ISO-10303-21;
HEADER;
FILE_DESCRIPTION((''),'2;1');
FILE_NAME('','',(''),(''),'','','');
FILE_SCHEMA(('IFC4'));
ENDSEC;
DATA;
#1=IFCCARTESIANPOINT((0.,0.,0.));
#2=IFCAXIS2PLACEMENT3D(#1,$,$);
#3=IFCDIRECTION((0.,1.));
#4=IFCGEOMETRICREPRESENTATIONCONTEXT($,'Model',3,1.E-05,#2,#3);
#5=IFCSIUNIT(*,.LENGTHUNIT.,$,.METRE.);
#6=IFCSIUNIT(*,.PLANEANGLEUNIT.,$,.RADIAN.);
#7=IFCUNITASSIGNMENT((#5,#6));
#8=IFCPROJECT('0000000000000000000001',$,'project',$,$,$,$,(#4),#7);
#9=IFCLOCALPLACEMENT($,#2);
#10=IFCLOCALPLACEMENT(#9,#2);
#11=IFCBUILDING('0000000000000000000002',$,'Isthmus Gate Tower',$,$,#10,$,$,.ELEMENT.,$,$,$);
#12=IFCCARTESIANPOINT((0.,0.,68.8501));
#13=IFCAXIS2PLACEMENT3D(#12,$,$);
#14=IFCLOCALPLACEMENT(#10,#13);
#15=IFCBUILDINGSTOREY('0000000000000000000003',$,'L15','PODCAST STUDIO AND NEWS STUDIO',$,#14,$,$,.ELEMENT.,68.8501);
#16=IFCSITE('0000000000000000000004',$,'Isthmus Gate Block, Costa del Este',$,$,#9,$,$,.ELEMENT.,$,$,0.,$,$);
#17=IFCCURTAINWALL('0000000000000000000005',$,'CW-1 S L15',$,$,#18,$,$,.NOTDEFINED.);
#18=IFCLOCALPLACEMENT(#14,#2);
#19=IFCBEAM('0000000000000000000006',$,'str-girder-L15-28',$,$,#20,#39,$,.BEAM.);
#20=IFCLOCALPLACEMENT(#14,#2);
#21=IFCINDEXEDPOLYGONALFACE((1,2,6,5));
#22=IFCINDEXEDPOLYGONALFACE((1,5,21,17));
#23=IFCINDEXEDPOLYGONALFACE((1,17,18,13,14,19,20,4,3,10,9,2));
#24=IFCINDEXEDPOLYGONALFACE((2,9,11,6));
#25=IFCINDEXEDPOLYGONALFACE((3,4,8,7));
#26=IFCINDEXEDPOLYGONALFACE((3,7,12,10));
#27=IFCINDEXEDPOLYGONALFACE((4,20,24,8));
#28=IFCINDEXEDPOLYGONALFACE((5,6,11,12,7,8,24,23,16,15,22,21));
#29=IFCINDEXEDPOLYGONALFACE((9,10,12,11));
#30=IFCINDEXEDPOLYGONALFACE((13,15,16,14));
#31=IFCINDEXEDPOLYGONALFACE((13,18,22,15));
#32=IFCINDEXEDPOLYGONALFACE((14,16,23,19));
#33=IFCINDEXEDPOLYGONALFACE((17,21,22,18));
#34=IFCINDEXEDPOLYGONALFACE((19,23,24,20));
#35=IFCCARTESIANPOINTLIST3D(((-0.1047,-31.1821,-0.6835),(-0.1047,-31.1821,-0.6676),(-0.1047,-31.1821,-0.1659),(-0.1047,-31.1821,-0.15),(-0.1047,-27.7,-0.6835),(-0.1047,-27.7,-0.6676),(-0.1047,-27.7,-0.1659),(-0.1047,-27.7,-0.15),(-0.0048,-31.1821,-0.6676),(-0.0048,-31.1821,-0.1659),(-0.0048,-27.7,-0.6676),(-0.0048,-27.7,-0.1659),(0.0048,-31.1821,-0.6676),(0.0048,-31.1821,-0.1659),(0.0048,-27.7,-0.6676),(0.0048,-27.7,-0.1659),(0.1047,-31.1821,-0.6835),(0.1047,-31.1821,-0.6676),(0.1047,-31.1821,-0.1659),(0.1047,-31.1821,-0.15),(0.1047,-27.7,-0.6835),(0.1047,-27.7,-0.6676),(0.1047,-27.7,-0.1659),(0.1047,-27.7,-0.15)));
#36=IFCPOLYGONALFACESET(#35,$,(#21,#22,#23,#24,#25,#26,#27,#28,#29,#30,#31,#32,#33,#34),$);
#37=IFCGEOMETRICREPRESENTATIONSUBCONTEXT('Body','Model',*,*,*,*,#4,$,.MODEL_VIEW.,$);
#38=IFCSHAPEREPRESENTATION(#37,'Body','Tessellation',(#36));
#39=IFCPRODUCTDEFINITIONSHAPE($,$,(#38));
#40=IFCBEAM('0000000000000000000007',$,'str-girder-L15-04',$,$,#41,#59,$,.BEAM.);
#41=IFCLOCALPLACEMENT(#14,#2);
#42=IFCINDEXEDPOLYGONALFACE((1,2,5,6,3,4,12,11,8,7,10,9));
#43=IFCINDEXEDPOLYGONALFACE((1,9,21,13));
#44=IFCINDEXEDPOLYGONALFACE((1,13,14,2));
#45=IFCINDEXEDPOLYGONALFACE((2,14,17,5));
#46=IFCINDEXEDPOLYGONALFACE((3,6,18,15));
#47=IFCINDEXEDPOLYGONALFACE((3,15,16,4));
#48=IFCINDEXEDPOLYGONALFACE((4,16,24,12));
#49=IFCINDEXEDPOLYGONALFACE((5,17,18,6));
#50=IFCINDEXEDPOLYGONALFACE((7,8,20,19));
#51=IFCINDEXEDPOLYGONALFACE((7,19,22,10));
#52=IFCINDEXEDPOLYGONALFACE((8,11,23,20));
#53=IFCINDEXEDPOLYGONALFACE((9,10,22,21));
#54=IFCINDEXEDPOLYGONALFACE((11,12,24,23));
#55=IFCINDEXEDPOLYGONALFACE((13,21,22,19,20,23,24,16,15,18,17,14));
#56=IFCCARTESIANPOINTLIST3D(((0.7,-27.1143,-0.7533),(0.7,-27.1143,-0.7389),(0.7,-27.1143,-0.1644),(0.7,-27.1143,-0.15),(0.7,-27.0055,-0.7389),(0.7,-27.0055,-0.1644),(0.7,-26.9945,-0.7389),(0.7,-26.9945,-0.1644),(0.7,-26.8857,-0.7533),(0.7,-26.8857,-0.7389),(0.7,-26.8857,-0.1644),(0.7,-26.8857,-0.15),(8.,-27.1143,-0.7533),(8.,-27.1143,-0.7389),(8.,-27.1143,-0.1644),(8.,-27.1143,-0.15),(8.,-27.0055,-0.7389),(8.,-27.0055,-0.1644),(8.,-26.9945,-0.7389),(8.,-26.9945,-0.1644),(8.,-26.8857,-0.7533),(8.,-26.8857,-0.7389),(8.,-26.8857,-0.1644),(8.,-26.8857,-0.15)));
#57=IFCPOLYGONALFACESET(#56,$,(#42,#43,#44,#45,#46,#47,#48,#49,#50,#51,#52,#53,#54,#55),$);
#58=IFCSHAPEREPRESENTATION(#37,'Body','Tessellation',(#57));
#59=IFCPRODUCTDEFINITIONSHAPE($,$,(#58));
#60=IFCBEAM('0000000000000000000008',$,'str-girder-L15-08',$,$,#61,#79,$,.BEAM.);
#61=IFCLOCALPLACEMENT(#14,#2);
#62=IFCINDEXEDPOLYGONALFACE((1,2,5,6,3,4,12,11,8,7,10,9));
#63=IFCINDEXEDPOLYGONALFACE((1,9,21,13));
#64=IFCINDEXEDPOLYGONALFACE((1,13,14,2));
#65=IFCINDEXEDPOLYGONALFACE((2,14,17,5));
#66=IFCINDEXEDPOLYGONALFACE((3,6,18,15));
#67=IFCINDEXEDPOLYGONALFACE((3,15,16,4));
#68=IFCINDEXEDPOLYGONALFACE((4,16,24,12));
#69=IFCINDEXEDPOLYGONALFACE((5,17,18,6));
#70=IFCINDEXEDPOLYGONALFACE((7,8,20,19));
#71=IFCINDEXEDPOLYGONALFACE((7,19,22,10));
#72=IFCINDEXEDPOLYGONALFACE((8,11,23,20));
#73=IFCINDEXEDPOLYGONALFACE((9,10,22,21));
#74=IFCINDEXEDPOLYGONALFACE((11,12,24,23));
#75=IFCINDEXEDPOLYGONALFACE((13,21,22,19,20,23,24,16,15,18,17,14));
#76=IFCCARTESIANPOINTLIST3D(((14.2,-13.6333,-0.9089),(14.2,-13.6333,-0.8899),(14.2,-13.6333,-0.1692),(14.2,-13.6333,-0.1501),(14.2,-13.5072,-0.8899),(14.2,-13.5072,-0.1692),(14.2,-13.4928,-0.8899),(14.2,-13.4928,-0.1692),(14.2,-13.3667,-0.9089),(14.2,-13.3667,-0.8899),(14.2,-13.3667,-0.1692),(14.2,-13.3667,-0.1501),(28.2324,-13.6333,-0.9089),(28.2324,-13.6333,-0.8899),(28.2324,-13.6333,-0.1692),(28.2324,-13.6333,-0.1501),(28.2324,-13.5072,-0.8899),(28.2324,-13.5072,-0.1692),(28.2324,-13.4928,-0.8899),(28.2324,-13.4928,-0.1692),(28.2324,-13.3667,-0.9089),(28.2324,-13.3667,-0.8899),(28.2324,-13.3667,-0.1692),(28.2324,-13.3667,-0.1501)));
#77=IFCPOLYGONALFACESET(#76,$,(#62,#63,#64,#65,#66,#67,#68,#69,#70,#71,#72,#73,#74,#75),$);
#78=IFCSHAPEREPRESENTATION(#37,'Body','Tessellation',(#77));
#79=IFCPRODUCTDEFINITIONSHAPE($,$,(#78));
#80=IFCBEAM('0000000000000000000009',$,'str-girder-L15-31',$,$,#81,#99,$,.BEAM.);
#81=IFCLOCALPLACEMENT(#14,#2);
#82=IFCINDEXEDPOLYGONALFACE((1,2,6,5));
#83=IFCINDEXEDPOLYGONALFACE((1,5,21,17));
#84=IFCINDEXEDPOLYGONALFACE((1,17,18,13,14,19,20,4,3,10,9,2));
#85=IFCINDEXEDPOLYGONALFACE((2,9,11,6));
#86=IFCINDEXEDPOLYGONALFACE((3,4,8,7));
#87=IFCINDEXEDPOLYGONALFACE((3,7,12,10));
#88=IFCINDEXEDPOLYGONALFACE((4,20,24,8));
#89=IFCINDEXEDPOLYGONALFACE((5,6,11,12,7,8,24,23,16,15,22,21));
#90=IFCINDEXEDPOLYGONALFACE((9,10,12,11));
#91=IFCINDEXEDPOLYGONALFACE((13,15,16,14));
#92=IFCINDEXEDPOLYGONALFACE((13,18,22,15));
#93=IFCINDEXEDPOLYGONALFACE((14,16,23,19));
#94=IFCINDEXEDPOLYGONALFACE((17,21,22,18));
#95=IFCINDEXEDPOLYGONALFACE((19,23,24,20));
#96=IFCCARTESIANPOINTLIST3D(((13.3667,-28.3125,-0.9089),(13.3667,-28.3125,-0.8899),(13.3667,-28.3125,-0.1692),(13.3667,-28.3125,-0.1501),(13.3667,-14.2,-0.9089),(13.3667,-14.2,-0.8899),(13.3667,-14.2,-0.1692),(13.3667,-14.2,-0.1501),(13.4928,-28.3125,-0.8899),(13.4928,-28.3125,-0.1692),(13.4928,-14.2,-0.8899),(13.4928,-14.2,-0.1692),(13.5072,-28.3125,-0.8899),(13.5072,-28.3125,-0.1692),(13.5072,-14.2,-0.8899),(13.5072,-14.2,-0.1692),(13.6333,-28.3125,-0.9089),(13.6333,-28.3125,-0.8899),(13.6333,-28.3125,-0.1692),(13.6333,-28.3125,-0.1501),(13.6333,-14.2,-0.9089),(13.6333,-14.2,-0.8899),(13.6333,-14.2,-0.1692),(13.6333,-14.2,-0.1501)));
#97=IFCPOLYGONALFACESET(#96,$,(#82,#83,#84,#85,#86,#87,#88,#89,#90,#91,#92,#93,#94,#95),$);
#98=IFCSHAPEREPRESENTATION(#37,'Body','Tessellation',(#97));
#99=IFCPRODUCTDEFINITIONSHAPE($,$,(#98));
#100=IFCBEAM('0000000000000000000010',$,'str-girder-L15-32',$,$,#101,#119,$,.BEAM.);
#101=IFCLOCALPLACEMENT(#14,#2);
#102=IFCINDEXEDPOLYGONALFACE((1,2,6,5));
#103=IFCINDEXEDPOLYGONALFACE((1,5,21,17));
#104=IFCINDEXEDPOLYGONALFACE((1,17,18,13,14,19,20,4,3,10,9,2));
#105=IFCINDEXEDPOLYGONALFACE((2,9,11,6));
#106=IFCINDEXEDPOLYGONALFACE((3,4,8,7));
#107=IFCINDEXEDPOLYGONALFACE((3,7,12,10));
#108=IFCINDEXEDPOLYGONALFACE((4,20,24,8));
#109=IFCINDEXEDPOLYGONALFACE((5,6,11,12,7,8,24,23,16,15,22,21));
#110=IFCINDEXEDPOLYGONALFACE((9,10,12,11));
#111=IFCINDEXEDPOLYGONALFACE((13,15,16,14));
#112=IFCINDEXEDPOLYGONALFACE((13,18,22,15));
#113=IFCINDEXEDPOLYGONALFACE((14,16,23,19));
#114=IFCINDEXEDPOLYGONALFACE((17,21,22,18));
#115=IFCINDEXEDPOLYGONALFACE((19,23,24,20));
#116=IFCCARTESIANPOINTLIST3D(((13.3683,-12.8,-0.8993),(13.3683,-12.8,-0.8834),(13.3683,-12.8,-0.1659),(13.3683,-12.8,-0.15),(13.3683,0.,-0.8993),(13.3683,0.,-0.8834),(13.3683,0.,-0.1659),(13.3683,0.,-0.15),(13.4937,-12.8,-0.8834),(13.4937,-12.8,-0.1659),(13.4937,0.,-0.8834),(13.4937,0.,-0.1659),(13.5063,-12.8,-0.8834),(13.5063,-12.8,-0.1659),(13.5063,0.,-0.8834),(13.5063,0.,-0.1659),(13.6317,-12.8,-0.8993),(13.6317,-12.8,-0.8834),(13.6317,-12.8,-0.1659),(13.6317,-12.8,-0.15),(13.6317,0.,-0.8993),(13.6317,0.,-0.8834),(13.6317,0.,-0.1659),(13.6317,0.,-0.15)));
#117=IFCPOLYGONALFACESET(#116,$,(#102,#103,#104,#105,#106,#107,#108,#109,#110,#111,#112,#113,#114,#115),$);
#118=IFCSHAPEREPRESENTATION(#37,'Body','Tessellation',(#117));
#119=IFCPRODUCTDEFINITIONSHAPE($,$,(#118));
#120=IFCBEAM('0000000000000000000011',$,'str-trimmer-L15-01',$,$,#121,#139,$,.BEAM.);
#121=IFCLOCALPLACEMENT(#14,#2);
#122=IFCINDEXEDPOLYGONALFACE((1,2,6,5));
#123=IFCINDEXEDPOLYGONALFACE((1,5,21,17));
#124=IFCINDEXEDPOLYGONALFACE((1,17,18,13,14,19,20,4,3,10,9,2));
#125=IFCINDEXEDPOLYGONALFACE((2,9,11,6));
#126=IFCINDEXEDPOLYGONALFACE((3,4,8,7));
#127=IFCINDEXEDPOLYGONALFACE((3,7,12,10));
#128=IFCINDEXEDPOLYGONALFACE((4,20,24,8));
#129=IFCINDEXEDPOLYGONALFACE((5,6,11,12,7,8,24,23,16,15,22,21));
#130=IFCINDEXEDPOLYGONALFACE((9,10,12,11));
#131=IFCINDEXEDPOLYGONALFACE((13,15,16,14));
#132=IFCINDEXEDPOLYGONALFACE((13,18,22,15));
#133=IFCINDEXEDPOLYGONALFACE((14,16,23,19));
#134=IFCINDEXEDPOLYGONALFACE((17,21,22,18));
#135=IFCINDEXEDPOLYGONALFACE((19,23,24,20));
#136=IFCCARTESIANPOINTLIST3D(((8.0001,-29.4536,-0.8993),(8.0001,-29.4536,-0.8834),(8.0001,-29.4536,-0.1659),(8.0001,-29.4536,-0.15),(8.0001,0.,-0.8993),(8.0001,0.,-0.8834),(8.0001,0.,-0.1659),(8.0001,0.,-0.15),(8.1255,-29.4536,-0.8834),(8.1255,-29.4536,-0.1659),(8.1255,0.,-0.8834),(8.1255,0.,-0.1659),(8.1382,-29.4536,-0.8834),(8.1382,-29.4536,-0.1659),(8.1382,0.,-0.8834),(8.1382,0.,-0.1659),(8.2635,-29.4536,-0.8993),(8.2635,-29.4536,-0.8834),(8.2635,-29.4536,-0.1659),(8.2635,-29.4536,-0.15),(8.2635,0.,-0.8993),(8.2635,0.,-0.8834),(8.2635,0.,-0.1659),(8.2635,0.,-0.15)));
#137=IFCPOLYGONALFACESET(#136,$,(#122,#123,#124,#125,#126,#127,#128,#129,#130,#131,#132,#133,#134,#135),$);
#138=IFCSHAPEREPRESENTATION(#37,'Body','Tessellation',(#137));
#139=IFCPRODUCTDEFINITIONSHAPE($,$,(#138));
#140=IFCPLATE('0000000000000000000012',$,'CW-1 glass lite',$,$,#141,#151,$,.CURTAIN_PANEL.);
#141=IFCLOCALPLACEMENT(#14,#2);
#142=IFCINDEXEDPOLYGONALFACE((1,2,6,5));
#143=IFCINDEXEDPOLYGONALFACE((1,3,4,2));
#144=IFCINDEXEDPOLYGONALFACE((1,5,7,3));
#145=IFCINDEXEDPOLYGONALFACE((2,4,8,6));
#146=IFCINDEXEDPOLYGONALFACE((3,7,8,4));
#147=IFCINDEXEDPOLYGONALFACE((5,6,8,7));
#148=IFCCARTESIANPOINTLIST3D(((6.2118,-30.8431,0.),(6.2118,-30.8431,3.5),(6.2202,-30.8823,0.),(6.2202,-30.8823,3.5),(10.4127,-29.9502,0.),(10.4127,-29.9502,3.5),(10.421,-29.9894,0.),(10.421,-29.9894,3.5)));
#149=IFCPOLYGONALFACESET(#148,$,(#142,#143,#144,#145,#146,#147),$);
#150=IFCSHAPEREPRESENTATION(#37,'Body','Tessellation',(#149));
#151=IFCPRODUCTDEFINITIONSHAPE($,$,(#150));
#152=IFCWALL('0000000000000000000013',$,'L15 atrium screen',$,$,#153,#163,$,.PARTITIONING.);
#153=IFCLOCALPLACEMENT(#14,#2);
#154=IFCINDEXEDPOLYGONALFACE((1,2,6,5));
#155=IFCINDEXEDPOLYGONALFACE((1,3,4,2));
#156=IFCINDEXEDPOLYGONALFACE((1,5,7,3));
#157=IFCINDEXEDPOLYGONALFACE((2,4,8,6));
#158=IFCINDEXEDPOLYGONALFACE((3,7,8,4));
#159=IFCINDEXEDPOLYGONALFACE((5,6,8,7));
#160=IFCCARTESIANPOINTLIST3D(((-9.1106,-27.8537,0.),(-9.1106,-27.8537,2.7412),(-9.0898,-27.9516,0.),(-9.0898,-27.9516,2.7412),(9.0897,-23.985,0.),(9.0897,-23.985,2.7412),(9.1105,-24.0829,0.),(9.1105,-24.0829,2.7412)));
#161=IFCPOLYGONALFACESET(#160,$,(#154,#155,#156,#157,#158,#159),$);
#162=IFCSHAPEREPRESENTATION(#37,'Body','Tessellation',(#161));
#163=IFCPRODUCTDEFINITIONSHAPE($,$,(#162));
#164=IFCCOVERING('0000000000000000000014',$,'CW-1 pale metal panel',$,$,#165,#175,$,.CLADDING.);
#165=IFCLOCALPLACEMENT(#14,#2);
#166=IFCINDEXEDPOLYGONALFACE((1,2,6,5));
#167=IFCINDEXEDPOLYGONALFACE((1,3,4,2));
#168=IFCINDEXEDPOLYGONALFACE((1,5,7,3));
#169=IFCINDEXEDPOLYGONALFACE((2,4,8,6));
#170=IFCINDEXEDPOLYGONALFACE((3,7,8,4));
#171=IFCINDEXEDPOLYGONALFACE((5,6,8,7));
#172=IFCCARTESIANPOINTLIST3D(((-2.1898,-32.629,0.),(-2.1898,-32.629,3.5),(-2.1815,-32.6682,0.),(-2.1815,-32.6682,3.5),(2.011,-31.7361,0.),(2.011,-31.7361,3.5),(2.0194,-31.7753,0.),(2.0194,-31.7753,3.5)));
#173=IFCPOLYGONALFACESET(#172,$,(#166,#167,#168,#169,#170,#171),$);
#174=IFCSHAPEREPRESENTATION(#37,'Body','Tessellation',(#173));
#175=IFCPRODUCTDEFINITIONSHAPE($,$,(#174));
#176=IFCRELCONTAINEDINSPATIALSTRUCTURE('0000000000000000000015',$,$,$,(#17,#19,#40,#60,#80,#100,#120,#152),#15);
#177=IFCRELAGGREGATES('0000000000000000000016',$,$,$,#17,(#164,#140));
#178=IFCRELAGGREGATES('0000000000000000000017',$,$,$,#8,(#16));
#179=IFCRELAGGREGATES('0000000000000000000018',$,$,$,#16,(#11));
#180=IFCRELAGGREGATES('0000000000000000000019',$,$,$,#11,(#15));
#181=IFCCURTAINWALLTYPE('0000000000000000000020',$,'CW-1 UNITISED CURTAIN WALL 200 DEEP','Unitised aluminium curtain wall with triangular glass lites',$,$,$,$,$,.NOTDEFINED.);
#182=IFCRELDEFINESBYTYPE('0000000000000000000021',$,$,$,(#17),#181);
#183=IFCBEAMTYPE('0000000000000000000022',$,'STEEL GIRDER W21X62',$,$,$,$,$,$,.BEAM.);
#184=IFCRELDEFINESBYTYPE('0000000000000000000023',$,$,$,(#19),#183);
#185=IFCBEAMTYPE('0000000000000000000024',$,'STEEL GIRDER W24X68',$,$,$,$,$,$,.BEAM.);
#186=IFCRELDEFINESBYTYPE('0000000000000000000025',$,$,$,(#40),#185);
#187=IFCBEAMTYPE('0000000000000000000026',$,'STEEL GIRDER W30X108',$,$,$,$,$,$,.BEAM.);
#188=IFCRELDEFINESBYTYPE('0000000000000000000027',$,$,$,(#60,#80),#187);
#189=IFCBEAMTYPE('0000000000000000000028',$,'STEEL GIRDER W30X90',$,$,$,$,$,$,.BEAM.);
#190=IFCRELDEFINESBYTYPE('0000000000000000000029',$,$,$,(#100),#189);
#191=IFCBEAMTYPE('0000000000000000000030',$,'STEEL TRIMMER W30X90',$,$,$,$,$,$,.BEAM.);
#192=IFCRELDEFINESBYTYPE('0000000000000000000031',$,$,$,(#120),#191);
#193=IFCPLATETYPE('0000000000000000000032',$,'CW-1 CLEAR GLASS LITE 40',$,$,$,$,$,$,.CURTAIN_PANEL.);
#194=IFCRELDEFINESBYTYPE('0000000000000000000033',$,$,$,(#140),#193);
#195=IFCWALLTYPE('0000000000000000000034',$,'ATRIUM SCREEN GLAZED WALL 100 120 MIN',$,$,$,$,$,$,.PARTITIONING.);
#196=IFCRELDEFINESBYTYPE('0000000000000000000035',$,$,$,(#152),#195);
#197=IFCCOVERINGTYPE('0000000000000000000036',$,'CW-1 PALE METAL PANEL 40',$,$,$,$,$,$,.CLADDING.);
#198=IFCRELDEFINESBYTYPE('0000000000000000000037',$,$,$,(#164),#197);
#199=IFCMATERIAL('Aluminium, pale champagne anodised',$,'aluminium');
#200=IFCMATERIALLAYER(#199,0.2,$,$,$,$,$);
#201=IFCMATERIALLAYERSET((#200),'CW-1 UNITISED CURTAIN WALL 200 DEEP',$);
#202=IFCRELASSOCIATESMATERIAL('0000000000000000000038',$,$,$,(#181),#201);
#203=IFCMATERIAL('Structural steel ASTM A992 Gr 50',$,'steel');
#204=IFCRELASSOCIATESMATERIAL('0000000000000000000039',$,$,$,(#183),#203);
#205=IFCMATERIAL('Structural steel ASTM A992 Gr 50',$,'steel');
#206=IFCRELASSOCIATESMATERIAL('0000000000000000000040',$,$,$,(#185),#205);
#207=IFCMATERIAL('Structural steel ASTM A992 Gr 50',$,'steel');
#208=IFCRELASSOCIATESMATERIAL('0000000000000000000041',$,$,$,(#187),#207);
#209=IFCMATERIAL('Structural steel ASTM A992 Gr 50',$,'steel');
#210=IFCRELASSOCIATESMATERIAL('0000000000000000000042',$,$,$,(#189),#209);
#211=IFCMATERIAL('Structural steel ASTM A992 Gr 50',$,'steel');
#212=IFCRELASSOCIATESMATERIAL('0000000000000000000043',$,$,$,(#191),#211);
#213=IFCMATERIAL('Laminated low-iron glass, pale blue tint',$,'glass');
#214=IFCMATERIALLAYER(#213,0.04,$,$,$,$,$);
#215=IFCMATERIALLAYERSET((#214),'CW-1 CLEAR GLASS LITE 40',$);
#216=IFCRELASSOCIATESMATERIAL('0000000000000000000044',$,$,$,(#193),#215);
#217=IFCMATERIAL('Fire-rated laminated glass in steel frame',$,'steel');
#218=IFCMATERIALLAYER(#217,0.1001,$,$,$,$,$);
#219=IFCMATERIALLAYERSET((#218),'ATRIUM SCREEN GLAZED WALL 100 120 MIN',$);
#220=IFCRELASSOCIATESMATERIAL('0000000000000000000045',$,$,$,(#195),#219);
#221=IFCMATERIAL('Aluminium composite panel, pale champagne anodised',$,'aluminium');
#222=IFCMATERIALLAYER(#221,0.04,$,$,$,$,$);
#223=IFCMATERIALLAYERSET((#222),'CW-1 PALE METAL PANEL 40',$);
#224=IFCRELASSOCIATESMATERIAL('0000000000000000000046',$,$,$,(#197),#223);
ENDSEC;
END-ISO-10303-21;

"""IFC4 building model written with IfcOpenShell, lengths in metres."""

from ifc_helpers import new_model, si_unit, direction, frame, frame_2d, origin, origin_2d, place, context, subcontext, project, spatial, rectangle, i_section, extrude, material, layer, layer_set, material_profile, profile_set, type_object, element, aggregate, save


model = new_model("IFC4")

# Units and contexts
model_context = context("Model", 3, precision=1e-05, world=origin(), true_north=direction((0.0, 1.0)))
body_context = subcontext(model_context, "Body", "Model", "MODEL_VIEW")
ifc_project = project(units=[si_unit("LENGTHUNIT", "METRE"), si_unit("PLANEANGLEUNIT", "RADIAN")], contexts=[model_context])

# Site, building, storey
site_placement = place(None, origin())
site = spatial("IfcSite", under=ifc_project, at=site_placement, Name="Isthmus Gate Block, Costa del Este", CompositionType="ELEMENT", RefElevation=0.0)
building_placement = place(site_placement, origin())
building = spatial("IfcBuilding", under=site, at=building_placement, Name="Isthmus Gate Tower", CompositionType="ELEMENT")
storey_placement = place(building_placement, frame((0.0, 0.0, 68.8501)))
storey = spatial("IfcBuildingStorey", under=building, at=storey_placement, Name="L15", Description="PODCAST STUDIO AND NEWS STUDIO", CompositionType="ELEMENT", Elevation=68.8501)

# Curtain wall
ifc_material_1 = material(Name="Aluminium, pale champagne anodised", Category="aluminium")
ifc_layer_1 = layer(ifc_material_1, 0.2)
ifc_layer_set_1 = layer_set([ifc_layer_1], Name="CW-1 UNITISED CURTAIN WALL 200 DEEP")
curtain_wall_type = type_object("IfcCurtainWallType", Name="CW-1 UNITISED CURTAIN WALL 200 DEEP", Description="Unitised aluminium curtain wall with triangular glass lites", PredefinedType="NOTDEFINED", material=ifc_layer_set_1)
curtain_wall_placement = place(storey_placement, origin())
curtain_wall = element("IfcCurtainWall", 1, at=curtain_wall_placement, inside=storey, type_object=curtain_wall_type, Name="CW-1 S L15", PredefinedType="NOTDEFINED")

# Beams
ifc_material_2 = material(Name="Structural steel ASTM A992 Gr 50", Category="steel")
ifc_material_profile_1 = material_profile(ifc_material_2, i_section(OverallWidth=0.2095, OverallDepth=0.5334, WebThickness=0.0095, FlangeThickness=0.0159, at=origin_2d()), Name="W21X62")
ifc_profile_set_1 = profile_set([ifc_material_profile_1], Name="Structural steel ASTM A992 Gr 50")
beam_type_1 = type_object("IfcBeamType", Name="STEEL GIRDER W21X62", PredefinedType="BEAM", material=ifc_profile_set_1)
beam_1_placement = place(storey_placement, frame((0.0, -31.1821, -0.4167), z_axis=(0.0, 1.0, 0.0), x_axis=(-1.0, 0.0, 0.0)))
element("IfcBeam", 2, at=beam_1_placement, inside=storey, type_object=beam_type_1, Name="str-girder-L15-28", PredefinedType="BEAM", context=body_context, shape_type="SweptSolid", body=[
    extrude(i_section(OverallWidth=0.2095, OverallDepth=0.5334, WebThickness=0.0095, FlangeThickness=0.0159, at=origin_2d()), origin(), (0.0, 0.0, 1.0), 3.4822),
])
ifc_material_3 = material(Name="Structural steel ASTM A992 Gr 50", Category="steel")
ifc_material_profile_2 = material_profile(ifc_material_3, i_section(OverallWidth=0.2285, OverallDepth=0.6033, WebThickness=0.011, FlangeThickness=0.0144, at=origin_2d()), Name="W24X68")
ifc_profile_set_2 = profile_set([ifc_material_profile_2], Name="Structural steel ASTM A992 Gr 50")
beam_type_2 = type_object("IfcBeamType", Name="STEEL GIRDER W24X68", PredefinedType="BEAM", material=ifc_profile_set_2)
beam_2_placement = place(storey_placement, frame((0.7, -27.0, -0.4517), z_axis=(1.0, 0.0, 0.0), x_axis=(0.0, 1.0, 0.0)))
element("IfcBeam", 3, at=beam_2_placement, inside=storey, type_object=beam_type_2, Name="str-girder-L15-04", PredefinedType="BEAM", context=body_context, shape_type="SweptSolid", body=[
    extrude(i_section(OverallWidth=0.2285, OverallDepth=0.6033, WebThickness=0.011, FlangeThickness=0.0144, at=origin_2d()), origin(), (0.0, 0.0, 1.0), 7.3),
])
ifc_material_4 = material(Name="Structural steel ASTM A992 Gr 50", Category="steel")
ifc_material_profile_3 = material_profile(ifc_material_4, i_section(OverallWidth=0.2666, OverallDepth=0.7588, WebThickness=0.0144, FlangeThickness=0.019, at=origin_2d()), Name="W30X108")
ifc_profile_set_3 = profile_set([ifc_material_profile_3], Name="Structural steel ASTM A992 Gr 50")
beam_type_3 = type_object("IfcBeamType", Name="STEEL GIRDER W30X108", PredefinedType="BEAM", material=ifc_profile_set_3)
beam_3_placement = place(storey_placement, frame((14.2, -13.5, -0.5295), z_axis=(1.0, 0.0, 0.0), x_axis=(0.0, 1.0, 0.0)))
element("IfcBeam", 4, at=beam_3_placement, inside=storey, type_object=beam_type_3, Name="str-girder-L15-08", PredefinedType="BEAM", context=body_context, shape_type="SweptSolid", body=[
    extrude(i_section(OverallWidth=0.2666, OverallDepth=0.7588, WebThickness=0.0144, FlangeThickness=0.019, at=origin_2d()), origin(), (0.0, 0.0, 1.0), 14.0325),
])
beam_4_placement = place(storey_placement, frame((13.5, -28.3125, -0.5295), z_axis=(0.0, 1.0, 0.0), x_axis=(-1.0, 0.0, 0.0)))
element("IfcBeam", 5, at=beam_4_placement, inside=storey, type_object=beam_type_3, Name="str-girder-L15-31", PredefinedType="BEAM", context=body_context, shape_type="SweptSolid", body=[
    extrude(i_section(OverallWidth=0.2666, OverallDepth=0.7588, WebThickness=0.0144, FlangeThickness=0.019, at=origin_2d()), origin(), (0.0, 0.0, 1.0), 14.1125),
])
ifc_material_5 = material(Name="Structural steel ASTM A992 Gr 50", Category="steel")
ifc_material_profile_4 = material_profile(ifc_material_5, i_section(OverallWidth=0.2634, OverallDepth=0.7493, WebThickness=0.0127, FlangeThickness=0.0159, at=origin_2d()), Name="W30X90")
ifc_profile_set_4 = profile_set([ifc_material_profile_4], Name="Structural steel ASTM A992 Gr 50")
beam_type_4 = type_object("IfcBeamType", Name="STEEL GIRDER W30X90", PredefinedType="BEAM", material=ifc_profile_set_4)
beam_5_placement = place(storey_placement, frame((13.5, -12.8, -0.5247), z_axis=(0.0, 1.0, 0.0), x_axis=(-1.0, 0.0, 0.0)))
element("IfcBeam", 6, at=beam_5_placement, inside=storey, type_object=beam_type_4, Name="str-girder-L15-32", PredefinedType="BEAM", context=body_context, shape_type="SweptSolid", body=[
    extrude(i_section(OverallWidth=0.2634, OverallDepth=0.7493, WebThickness=0.0127, FlangeThickness=0.0159, at=origin_2d()), origin(), (0.0, 0.0, 1.0), 12.8),
])
ifc_material_6 = material(Name="Structural steel ASTM A992 Gr 50", Category="steel")
ifc_material_profile_5 = material_profile(ifc_material_6, i_section(OverallWidth=0.2634, OverallDepth=0.7493, WebThickness=0.0127, FlangeThickness=0.0159, at=origin_2d()), Name="W30X90")
ifc_profile_set_5 = profile_set([ifc_material_profile_5], Name="Structural steel ASTM A992 Gr 50")
beam_type_5 = type_object("IfcBeamType", Name="STEEL TRIMMER W30X90", PredefinedType="BEAM", material=ifc_profile_set_5)
beam_6_placement = place(storey_placement, frame((8.1318, -29.4536, -0.5247), z_axis=(0.0, 1.0, 0.0), x_axis=(-1.0, 0.0, 0.0)))
element("IfcBeam", 7, at=beam_6_placement, inside=storey, type_object=beam_type_5, Name="str-trimmer-L15-01", PredefinedType="BEAM", context=body_context, shape_type="SweptSolid", body=[
    extrude(i_section(OverallWidth=0.2634, OverallDepth=0.7493, WebThickness=0.0127, FlangeThickness=0.0159, at=origin_2d()), origin(), (0.0, 0.0, 1.0), 29.4536),
])

# Plate
ifc_material_7 = material(Name="Laminated low-iron glass, pale blue tint", Category="glass")
ifc_layer_2 = layer(ifc_material_7, 0.04)
ifc_layer_set_2 = layer_set([ifc_layer_2], Name="CW-1 CLEAR GLASS LITE 40")
plate_type = type_object("IfcPlateType", Name="CW-1 CLEAR GLASS LITE 40", PredefinedType="CURTAIN_PANEL", material=ifc_layer_set_2)
plate_placement = place(storey_placement, frame((8.3164, -30.4163, 0.0), z_axis=(0.0, 0.0, 1.0), x_axis=(0.978148, 0.207912, 0.0)))
plate = element("IfcPlate", 8, at=plate_placement, type_object=plate_type, Name="CW-1 glass lite", PredefinedType="CURTAIN_PANEL", context=body_context, shape_type="SweptSolid", body=[
    extrude(rectangle(XDim=4.2947, YDim=0.04, at=origin_2d()), origin(), (0.0, 0.0, 1.0), 3.5),
])

# Wall
ifc_material_8 = material(Name="Fire-rated laminated glass in steel frame", Category="steel")
ifc_layer_3 = layer(ifc_material_8, 0.1001)
ifc_layer_set_3 = layer_set([ifc_layer_3], Name="ATRIUM SCREEN GLAZED WALL 100 120 MIN")
wall_type = type_object("IfcWallType", Name="ATRIUM SCREEN GLAZED WALL 100 120 MIN", PredefinedType="PARTITIONING", material=ifc_layer_set_3)
wall_placement = place(storey_placement, frame((9.1001, -24.0339, 0.0), z_axis=(0.0, 0.0, 1.0), x_axis=(-0.978147, -0.207916, 0.0)))
element("IfcWall", 9, at=wall_placement, inside=storey, type_object=wall_type, Name="L15 atrium screen", PredefinedType="PARTITIONING", context=body_context, shape_type="SweptSolid", body=[
    extrude(rectangle(XDim=18.6069, YDim=0.1001, at=frame_2d((9.3035, 0.0))), origin(), (0.0, 0.0, 1.0), 2.7412),
])

# Covering
ifc_material_9 = material(Name="Aluminium composite panel, pale champagne anodised", Category="aluminium")
ifc_layer_4 = layer(ifc_material_9, 0.04)
ifc_layer_set_4 = layer_set([ifc_layer_4], Name="CW-1 PALE METAL PANEL 40")
covering_type = type_object("IfcCoveringType", Name="CW-1 PALE METAL PANEL 40", PredefinedType="CLADDING", material=ifc_layer_set_4)
covering_1_placement = place(storey_placement, frame((-0.0852, -32.2021, 0.0), z_axis=(0.0, 0.0, 1.0), x_axis=(0.978148, 0.207912, 0.0)))
covering_1 = element("IfcCovering", 10, at=covering_1_placement, type_object=covering_type, Name="CW-1 pale metal panel", PredefinedType="CLADDING", context=body_context, shape_type="SweptSolid", body=[
    extrude(rectangle(XDim=4.2947, YDim=0.04, at=origin_2d()), origin(), (0.0, 0.0, 1.0), 3.5),
])
aggregate(curtain_wall, [covering_1, plate])

save(model, "model.ifc")
